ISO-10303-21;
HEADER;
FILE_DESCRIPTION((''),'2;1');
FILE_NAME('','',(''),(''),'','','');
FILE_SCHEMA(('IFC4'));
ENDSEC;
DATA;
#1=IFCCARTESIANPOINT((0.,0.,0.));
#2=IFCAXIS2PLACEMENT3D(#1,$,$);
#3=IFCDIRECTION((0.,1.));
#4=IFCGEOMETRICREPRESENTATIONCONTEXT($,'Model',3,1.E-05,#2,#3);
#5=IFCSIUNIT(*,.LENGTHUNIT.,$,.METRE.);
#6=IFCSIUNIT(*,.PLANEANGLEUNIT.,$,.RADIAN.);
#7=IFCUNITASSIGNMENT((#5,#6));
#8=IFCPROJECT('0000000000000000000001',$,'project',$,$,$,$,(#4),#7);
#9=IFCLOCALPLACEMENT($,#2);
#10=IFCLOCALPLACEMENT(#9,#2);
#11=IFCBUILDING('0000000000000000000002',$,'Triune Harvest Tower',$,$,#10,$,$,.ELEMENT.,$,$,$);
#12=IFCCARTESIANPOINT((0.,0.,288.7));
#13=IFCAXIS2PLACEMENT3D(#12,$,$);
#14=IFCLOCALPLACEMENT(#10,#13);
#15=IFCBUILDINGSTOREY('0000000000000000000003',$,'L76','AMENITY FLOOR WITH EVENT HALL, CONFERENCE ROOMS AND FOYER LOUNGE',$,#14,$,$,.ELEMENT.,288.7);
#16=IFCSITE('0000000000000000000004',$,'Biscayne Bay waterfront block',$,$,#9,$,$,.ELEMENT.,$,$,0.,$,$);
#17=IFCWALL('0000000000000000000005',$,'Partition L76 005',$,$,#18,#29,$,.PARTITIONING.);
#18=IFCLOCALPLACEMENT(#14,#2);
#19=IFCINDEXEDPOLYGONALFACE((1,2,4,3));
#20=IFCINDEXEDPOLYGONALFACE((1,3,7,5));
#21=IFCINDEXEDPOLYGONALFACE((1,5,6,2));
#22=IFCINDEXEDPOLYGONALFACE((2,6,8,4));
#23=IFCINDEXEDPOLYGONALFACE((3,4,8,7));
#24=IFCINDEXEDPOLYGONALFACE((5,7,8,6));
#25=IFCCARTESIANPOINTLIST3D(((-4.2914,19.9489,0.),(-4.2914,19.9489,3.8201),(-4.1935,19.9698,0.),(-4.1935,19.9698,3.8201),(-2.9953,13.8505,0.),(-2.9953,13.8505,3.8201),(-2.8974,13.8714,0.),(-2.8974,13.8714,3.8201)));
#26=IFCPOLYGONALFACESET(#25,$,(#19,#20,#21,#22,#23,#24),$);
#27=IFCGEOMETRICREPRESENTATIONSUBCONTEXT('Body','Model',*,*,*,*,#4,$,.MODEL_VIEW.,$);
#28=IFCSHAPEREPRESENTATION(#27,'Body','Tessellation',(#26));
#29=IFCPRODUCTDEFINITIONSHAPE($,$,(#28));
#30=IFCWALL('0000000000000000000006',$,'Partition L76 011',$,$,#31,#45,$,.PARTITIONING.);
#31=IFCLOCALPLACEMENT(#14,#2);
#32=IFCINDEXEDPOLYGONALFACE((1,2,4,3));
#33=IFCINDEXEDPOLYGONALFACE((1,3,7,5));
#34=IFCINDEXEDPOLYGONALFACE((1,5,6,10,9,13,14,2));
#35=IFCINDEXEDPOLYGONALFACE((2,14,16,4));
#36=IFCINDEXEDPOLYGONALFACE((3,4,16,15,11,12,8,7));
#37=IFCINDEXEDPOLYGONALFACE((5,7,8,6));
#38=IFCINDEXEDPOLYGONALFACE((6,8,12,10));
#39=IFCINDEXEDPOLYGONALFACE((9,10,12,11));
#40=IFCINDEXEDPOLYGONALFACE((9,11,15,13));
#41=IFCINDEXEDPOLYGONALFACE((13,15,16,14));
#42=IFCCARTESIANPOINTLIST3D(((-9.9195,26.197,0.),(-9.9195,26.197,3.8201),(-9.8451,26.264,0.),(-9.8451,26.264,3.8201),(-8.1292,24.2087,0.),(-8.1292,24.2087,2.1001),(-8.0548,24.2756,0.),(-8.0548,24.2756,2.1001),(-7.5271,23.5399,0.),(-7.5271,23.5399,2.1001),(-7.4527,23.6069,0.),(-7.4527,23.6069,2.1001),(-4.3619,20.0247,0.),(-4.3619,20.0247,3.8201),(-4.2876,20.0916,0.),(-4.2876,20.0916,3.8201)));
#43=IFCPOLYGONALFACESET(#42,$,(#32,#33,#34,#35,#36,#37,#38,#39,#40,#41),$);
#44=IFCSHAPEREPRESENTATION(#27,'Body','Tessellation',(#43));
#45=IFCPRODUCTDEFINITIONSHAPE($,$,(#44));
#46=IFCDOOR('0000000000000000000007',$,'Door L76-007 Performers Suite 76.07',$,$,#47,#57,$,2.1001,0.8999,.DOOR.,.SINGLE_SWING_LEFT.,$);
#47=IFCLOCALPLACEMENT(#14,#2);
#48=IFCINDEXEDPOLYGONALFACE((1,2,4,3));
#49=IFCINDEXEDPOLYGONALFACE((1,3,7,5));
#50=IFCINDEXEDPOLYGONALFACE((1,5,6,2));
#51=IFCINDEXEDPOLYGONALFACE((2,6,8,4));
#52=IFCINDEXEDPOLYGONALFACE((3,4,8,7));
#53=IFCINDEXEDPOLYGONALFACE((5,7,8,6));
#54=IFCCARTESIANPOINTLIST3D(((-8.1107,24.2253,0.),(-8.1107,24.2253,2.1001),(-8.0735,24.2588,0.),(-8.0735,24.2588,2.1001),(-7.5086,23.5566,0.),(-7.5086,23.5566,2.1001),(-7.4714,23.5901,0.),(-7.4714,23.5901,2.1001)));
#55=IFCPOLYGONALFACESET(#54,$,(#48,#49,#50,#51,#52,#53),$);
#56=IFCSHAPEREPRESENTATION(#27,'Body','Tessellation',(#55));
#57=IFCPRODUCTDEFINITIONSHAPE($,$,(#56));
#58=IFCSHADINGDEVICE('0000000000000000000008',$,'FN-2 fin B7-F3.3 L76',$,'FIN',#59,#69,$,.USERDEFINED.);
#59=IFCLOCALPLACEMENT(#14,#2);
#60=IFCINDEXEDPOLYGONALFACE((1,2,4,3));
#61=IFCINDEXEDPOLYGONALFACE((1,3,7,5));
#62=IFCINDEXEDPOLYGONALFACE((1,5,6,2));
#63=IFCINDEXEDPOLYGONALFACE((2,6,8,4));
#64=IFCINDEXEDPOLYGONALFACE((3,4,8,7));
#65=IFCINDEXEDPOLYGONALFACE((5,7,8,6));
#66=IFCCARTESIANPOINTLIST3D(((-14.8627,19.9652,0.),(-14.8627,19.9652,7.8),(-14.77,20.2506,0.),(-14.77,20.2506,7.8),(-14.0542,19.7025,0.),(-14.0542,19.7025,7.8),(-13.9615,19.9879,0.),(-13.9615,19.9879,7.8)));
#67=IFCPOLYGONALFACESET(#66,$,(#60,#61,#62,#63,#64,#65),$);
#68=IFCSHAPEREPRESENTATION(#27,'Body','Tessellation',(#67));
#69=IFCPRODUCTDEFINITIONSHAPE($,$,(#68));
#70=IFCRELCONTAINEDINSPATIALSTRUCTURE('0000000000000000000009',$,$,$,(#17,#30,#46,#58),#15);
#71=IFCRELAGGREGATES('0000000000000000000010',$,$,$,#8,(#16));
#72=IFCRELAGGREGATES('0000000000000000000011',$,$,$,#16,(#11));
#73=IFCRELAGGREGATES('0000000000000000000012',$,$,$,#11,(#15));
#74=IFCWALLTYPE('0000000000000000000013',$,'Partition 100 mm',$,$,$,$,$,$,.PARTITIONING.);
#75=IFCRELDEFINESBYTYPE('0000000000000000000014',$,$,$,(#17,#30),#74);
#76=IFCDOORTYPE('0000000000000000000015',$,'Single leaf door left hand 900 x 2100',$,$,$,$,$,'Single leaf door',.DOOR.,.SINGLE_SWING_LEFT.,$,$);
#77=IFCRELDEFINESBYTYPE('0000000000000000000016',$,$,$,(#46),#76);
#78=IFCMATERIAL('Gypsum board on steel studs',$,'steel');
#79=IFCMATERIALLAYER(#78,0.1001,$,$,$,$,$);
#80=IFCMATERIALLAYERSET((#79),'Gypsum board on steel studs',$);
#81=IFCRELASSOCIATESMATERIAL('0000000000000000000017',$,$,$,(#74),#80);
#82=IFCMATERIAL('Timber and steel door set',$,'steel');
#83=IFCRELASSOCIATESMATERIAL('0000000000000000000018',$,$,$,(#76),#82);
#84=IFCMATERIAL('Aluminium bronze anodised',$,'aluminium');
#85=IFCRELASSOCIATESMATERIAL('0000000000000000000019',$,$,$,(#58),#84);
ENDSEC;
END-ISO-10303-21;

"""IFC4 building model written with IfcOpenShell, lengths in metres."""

from ifc_helpers import new_model, si_unit, direction, frame, frame_2d, origin, origin_2d, place, context, subcontext, project, spatial, rectangle, extrude, source, transform, mapped, material, layer, layer_set, type_object, element, fill, save


model = new_model("IFC4")

# Units and contexts
model_context = context("Model", 3, precision=1e-05, world=origin(), true_north=direction((0.0, 1.0)))
body_context = subcontext(model_context, "Body", "Model", "MODEL_VIEW")
ifc_project = project(units=[si_unit("LENGTHUNIT", "METRE"), si_unit("PLANEANGLEUNIT", "RADIAN")], contexts=[model_context])

# Site, building, storey
site_placement = place(None, origin())
site = spatial("IfcSite", under=ifc_project, at=site_placement, Name="Biscayne Bay waterfront block", CompositionType="ELEMENT", RefElevation=0.0)
building_placement = place(site_placement, origin())
building = spatial("IfcBuilding", under=site, at=building_placement, Name="Triune Harvest Tower", CompositionType="ELEMENT")
storey_placement = place(building_placement, frame((0.0, 0.0, 288.7)))
storey = spatial("IfcBuildingStorey", under=building, at=storey_placement, Name="L76", Description="AMENITY FLOOR WITH EVENT HALL, CONFERENCE ROOMS AND FOYER LOUNGE", CompositionType="ELEMENT", Elevation=288.7)

# Wall
ifc_material_1 = material(Name="Gypsum board on steel studs", Category="steel")
ifc_layer_1 = layer(ifc_material_1, 0.1001)
ifc_layer_set_1 = layer_set([ifc_layer_1], Name="Gypsum board on steel studs")
wall_type_1 = type_object("IfcWallType", Name="Partition 100 mm", PredefinedType="PARTITIONING", material=ifc_layer_set_1)
wall_1_placement = place(storey_placement, frame((-4.2424, 19.9592, 0.0), z_axis=(0.0, 0.0, 1.0), x_axis=(0.207895, -0.978151, 0.0)))
element("IfcWall", 1, at=wall_1_placement, inside=storey, type_object=wall_type_1, Name="Partition L76 005", PredefinedType="PARTITIONING", context=body_context, shape_type="SweptSolid", body=[
    extrude(rectangle(XDim=6.2346, YDim=0.1001, at=frame_2d((3.1172, 0.0))), origin(), (0.0, 0.0, 1.0), 3.8201),
])

# Wall, opening, door
wall_2_placement = place(storey_placement, frame((-9.8823, 26.2305, 0.0), z_axis=(0.0, 0.0, 1.0), x_axis=(0.66913, -0.743145, 0.0)))
wall_2 = element("IfcWall", 2, at=wall_2_placement, inside=storey, type_object=wall_type_1, Name="Partition L76 011", PredefinedType="PARTITIONING", context=body_context, shape_type="SweptSolid", body=[
    extrude(rectangle(XDim=8.3057, YDim=0.1001, at=frame_2d((4.1528, 0.0))), origin(), (0.0, 0.0, 1.0), 3.8201),
])
opening_1_placement = place(wall_2_placement, frame((2.6755, 0.0, 0.0)))
opening_1 = element("IfcOpeningElement", 3, at=opening_1_placement, cuts=wall_2, PredefinedType="OPENING", context=body_context, shape_type="SweptSolid", body=[
    extrude(rectangle(XDim=0.8999, YDim=2.1001, at=frame_2d((0.45, 1.05))), frame((0.0, 0.0601, 0.0), z_axis=(0.0, -1.0, 0.0), x_axis=(1.0, 0.0, 0.0)), (0.0, 0.0, 1.0), 0.1201),
])
ifc_material_2 = material(Name="Timber and steel door set", Category="steel")
door_type_1 = type_object("IfcDoorType", Name="Single leaf door left hand 900 x 2100", ElementType="Single leaf door", OperationType="SINGLE_SWING_LEFT", PredefinedType="DOOR", material=ifc_material_2)
door_1_placement = place(opening_1_placement, origin())
door_1 = element("IfcDoor", 4, at=door_1_placement, inside=storey, type_object=door_type_1, Name="Door L76-007 Performers Suite 76.07", OperationType="SINGLE_SWING_LEFT", OverallHeight=2.1001, OverallWidth=0.8999, PredefinedType="DOOR", context=body_context, shape_type="SweptSolid", body=[
    extrude(rectangle(XDim=0.8999, YDim=2.1001, at=frame_2d((0.45, 1.05))), frame((0.0, 0.0249, 0.0), z_axis=(0.0, -1.0, 0.0), x_axis=(1.0, 0.0, 0.0)), (0.0, 0.0, 1.0), 0.05),
])
fill(opening_1, door_1)

# Shading device
ifc_material_3 = material(Name="Aluminium bronze anodised", Category="aluminium")
shared_shape_1 = source(origin(), body_context, "Body", "SweptSolid", [
    extrude(rectangle(XDim=0.3, YDim=0.8501, at=origin_2d()), origin(), (0.0, 0.0, 1.0), 7.8),
])
shading_device_placement = place(storey_placement, frame((-14.4121, 19.9766, 0.0), z_axis=(0.0, 0.0, 1.0), x_axis=(-0.309016, -0.951057, 0.0)))
element("IfcShadingDevice", 5, at=shading_device_placement, inside=storey, material=ifc_material_3, Name="FN-2 fin B7-F3.3 L76", ObjectType="FIN", PredefinedType="USERDEFINED", context=body_context, shape_type="MappedRepresentation", body=[
    mapped(shared_shape_1, transform((0.0, 0.0, 0.0), scale=1.0)),
])

save(model, "model.ifc")
